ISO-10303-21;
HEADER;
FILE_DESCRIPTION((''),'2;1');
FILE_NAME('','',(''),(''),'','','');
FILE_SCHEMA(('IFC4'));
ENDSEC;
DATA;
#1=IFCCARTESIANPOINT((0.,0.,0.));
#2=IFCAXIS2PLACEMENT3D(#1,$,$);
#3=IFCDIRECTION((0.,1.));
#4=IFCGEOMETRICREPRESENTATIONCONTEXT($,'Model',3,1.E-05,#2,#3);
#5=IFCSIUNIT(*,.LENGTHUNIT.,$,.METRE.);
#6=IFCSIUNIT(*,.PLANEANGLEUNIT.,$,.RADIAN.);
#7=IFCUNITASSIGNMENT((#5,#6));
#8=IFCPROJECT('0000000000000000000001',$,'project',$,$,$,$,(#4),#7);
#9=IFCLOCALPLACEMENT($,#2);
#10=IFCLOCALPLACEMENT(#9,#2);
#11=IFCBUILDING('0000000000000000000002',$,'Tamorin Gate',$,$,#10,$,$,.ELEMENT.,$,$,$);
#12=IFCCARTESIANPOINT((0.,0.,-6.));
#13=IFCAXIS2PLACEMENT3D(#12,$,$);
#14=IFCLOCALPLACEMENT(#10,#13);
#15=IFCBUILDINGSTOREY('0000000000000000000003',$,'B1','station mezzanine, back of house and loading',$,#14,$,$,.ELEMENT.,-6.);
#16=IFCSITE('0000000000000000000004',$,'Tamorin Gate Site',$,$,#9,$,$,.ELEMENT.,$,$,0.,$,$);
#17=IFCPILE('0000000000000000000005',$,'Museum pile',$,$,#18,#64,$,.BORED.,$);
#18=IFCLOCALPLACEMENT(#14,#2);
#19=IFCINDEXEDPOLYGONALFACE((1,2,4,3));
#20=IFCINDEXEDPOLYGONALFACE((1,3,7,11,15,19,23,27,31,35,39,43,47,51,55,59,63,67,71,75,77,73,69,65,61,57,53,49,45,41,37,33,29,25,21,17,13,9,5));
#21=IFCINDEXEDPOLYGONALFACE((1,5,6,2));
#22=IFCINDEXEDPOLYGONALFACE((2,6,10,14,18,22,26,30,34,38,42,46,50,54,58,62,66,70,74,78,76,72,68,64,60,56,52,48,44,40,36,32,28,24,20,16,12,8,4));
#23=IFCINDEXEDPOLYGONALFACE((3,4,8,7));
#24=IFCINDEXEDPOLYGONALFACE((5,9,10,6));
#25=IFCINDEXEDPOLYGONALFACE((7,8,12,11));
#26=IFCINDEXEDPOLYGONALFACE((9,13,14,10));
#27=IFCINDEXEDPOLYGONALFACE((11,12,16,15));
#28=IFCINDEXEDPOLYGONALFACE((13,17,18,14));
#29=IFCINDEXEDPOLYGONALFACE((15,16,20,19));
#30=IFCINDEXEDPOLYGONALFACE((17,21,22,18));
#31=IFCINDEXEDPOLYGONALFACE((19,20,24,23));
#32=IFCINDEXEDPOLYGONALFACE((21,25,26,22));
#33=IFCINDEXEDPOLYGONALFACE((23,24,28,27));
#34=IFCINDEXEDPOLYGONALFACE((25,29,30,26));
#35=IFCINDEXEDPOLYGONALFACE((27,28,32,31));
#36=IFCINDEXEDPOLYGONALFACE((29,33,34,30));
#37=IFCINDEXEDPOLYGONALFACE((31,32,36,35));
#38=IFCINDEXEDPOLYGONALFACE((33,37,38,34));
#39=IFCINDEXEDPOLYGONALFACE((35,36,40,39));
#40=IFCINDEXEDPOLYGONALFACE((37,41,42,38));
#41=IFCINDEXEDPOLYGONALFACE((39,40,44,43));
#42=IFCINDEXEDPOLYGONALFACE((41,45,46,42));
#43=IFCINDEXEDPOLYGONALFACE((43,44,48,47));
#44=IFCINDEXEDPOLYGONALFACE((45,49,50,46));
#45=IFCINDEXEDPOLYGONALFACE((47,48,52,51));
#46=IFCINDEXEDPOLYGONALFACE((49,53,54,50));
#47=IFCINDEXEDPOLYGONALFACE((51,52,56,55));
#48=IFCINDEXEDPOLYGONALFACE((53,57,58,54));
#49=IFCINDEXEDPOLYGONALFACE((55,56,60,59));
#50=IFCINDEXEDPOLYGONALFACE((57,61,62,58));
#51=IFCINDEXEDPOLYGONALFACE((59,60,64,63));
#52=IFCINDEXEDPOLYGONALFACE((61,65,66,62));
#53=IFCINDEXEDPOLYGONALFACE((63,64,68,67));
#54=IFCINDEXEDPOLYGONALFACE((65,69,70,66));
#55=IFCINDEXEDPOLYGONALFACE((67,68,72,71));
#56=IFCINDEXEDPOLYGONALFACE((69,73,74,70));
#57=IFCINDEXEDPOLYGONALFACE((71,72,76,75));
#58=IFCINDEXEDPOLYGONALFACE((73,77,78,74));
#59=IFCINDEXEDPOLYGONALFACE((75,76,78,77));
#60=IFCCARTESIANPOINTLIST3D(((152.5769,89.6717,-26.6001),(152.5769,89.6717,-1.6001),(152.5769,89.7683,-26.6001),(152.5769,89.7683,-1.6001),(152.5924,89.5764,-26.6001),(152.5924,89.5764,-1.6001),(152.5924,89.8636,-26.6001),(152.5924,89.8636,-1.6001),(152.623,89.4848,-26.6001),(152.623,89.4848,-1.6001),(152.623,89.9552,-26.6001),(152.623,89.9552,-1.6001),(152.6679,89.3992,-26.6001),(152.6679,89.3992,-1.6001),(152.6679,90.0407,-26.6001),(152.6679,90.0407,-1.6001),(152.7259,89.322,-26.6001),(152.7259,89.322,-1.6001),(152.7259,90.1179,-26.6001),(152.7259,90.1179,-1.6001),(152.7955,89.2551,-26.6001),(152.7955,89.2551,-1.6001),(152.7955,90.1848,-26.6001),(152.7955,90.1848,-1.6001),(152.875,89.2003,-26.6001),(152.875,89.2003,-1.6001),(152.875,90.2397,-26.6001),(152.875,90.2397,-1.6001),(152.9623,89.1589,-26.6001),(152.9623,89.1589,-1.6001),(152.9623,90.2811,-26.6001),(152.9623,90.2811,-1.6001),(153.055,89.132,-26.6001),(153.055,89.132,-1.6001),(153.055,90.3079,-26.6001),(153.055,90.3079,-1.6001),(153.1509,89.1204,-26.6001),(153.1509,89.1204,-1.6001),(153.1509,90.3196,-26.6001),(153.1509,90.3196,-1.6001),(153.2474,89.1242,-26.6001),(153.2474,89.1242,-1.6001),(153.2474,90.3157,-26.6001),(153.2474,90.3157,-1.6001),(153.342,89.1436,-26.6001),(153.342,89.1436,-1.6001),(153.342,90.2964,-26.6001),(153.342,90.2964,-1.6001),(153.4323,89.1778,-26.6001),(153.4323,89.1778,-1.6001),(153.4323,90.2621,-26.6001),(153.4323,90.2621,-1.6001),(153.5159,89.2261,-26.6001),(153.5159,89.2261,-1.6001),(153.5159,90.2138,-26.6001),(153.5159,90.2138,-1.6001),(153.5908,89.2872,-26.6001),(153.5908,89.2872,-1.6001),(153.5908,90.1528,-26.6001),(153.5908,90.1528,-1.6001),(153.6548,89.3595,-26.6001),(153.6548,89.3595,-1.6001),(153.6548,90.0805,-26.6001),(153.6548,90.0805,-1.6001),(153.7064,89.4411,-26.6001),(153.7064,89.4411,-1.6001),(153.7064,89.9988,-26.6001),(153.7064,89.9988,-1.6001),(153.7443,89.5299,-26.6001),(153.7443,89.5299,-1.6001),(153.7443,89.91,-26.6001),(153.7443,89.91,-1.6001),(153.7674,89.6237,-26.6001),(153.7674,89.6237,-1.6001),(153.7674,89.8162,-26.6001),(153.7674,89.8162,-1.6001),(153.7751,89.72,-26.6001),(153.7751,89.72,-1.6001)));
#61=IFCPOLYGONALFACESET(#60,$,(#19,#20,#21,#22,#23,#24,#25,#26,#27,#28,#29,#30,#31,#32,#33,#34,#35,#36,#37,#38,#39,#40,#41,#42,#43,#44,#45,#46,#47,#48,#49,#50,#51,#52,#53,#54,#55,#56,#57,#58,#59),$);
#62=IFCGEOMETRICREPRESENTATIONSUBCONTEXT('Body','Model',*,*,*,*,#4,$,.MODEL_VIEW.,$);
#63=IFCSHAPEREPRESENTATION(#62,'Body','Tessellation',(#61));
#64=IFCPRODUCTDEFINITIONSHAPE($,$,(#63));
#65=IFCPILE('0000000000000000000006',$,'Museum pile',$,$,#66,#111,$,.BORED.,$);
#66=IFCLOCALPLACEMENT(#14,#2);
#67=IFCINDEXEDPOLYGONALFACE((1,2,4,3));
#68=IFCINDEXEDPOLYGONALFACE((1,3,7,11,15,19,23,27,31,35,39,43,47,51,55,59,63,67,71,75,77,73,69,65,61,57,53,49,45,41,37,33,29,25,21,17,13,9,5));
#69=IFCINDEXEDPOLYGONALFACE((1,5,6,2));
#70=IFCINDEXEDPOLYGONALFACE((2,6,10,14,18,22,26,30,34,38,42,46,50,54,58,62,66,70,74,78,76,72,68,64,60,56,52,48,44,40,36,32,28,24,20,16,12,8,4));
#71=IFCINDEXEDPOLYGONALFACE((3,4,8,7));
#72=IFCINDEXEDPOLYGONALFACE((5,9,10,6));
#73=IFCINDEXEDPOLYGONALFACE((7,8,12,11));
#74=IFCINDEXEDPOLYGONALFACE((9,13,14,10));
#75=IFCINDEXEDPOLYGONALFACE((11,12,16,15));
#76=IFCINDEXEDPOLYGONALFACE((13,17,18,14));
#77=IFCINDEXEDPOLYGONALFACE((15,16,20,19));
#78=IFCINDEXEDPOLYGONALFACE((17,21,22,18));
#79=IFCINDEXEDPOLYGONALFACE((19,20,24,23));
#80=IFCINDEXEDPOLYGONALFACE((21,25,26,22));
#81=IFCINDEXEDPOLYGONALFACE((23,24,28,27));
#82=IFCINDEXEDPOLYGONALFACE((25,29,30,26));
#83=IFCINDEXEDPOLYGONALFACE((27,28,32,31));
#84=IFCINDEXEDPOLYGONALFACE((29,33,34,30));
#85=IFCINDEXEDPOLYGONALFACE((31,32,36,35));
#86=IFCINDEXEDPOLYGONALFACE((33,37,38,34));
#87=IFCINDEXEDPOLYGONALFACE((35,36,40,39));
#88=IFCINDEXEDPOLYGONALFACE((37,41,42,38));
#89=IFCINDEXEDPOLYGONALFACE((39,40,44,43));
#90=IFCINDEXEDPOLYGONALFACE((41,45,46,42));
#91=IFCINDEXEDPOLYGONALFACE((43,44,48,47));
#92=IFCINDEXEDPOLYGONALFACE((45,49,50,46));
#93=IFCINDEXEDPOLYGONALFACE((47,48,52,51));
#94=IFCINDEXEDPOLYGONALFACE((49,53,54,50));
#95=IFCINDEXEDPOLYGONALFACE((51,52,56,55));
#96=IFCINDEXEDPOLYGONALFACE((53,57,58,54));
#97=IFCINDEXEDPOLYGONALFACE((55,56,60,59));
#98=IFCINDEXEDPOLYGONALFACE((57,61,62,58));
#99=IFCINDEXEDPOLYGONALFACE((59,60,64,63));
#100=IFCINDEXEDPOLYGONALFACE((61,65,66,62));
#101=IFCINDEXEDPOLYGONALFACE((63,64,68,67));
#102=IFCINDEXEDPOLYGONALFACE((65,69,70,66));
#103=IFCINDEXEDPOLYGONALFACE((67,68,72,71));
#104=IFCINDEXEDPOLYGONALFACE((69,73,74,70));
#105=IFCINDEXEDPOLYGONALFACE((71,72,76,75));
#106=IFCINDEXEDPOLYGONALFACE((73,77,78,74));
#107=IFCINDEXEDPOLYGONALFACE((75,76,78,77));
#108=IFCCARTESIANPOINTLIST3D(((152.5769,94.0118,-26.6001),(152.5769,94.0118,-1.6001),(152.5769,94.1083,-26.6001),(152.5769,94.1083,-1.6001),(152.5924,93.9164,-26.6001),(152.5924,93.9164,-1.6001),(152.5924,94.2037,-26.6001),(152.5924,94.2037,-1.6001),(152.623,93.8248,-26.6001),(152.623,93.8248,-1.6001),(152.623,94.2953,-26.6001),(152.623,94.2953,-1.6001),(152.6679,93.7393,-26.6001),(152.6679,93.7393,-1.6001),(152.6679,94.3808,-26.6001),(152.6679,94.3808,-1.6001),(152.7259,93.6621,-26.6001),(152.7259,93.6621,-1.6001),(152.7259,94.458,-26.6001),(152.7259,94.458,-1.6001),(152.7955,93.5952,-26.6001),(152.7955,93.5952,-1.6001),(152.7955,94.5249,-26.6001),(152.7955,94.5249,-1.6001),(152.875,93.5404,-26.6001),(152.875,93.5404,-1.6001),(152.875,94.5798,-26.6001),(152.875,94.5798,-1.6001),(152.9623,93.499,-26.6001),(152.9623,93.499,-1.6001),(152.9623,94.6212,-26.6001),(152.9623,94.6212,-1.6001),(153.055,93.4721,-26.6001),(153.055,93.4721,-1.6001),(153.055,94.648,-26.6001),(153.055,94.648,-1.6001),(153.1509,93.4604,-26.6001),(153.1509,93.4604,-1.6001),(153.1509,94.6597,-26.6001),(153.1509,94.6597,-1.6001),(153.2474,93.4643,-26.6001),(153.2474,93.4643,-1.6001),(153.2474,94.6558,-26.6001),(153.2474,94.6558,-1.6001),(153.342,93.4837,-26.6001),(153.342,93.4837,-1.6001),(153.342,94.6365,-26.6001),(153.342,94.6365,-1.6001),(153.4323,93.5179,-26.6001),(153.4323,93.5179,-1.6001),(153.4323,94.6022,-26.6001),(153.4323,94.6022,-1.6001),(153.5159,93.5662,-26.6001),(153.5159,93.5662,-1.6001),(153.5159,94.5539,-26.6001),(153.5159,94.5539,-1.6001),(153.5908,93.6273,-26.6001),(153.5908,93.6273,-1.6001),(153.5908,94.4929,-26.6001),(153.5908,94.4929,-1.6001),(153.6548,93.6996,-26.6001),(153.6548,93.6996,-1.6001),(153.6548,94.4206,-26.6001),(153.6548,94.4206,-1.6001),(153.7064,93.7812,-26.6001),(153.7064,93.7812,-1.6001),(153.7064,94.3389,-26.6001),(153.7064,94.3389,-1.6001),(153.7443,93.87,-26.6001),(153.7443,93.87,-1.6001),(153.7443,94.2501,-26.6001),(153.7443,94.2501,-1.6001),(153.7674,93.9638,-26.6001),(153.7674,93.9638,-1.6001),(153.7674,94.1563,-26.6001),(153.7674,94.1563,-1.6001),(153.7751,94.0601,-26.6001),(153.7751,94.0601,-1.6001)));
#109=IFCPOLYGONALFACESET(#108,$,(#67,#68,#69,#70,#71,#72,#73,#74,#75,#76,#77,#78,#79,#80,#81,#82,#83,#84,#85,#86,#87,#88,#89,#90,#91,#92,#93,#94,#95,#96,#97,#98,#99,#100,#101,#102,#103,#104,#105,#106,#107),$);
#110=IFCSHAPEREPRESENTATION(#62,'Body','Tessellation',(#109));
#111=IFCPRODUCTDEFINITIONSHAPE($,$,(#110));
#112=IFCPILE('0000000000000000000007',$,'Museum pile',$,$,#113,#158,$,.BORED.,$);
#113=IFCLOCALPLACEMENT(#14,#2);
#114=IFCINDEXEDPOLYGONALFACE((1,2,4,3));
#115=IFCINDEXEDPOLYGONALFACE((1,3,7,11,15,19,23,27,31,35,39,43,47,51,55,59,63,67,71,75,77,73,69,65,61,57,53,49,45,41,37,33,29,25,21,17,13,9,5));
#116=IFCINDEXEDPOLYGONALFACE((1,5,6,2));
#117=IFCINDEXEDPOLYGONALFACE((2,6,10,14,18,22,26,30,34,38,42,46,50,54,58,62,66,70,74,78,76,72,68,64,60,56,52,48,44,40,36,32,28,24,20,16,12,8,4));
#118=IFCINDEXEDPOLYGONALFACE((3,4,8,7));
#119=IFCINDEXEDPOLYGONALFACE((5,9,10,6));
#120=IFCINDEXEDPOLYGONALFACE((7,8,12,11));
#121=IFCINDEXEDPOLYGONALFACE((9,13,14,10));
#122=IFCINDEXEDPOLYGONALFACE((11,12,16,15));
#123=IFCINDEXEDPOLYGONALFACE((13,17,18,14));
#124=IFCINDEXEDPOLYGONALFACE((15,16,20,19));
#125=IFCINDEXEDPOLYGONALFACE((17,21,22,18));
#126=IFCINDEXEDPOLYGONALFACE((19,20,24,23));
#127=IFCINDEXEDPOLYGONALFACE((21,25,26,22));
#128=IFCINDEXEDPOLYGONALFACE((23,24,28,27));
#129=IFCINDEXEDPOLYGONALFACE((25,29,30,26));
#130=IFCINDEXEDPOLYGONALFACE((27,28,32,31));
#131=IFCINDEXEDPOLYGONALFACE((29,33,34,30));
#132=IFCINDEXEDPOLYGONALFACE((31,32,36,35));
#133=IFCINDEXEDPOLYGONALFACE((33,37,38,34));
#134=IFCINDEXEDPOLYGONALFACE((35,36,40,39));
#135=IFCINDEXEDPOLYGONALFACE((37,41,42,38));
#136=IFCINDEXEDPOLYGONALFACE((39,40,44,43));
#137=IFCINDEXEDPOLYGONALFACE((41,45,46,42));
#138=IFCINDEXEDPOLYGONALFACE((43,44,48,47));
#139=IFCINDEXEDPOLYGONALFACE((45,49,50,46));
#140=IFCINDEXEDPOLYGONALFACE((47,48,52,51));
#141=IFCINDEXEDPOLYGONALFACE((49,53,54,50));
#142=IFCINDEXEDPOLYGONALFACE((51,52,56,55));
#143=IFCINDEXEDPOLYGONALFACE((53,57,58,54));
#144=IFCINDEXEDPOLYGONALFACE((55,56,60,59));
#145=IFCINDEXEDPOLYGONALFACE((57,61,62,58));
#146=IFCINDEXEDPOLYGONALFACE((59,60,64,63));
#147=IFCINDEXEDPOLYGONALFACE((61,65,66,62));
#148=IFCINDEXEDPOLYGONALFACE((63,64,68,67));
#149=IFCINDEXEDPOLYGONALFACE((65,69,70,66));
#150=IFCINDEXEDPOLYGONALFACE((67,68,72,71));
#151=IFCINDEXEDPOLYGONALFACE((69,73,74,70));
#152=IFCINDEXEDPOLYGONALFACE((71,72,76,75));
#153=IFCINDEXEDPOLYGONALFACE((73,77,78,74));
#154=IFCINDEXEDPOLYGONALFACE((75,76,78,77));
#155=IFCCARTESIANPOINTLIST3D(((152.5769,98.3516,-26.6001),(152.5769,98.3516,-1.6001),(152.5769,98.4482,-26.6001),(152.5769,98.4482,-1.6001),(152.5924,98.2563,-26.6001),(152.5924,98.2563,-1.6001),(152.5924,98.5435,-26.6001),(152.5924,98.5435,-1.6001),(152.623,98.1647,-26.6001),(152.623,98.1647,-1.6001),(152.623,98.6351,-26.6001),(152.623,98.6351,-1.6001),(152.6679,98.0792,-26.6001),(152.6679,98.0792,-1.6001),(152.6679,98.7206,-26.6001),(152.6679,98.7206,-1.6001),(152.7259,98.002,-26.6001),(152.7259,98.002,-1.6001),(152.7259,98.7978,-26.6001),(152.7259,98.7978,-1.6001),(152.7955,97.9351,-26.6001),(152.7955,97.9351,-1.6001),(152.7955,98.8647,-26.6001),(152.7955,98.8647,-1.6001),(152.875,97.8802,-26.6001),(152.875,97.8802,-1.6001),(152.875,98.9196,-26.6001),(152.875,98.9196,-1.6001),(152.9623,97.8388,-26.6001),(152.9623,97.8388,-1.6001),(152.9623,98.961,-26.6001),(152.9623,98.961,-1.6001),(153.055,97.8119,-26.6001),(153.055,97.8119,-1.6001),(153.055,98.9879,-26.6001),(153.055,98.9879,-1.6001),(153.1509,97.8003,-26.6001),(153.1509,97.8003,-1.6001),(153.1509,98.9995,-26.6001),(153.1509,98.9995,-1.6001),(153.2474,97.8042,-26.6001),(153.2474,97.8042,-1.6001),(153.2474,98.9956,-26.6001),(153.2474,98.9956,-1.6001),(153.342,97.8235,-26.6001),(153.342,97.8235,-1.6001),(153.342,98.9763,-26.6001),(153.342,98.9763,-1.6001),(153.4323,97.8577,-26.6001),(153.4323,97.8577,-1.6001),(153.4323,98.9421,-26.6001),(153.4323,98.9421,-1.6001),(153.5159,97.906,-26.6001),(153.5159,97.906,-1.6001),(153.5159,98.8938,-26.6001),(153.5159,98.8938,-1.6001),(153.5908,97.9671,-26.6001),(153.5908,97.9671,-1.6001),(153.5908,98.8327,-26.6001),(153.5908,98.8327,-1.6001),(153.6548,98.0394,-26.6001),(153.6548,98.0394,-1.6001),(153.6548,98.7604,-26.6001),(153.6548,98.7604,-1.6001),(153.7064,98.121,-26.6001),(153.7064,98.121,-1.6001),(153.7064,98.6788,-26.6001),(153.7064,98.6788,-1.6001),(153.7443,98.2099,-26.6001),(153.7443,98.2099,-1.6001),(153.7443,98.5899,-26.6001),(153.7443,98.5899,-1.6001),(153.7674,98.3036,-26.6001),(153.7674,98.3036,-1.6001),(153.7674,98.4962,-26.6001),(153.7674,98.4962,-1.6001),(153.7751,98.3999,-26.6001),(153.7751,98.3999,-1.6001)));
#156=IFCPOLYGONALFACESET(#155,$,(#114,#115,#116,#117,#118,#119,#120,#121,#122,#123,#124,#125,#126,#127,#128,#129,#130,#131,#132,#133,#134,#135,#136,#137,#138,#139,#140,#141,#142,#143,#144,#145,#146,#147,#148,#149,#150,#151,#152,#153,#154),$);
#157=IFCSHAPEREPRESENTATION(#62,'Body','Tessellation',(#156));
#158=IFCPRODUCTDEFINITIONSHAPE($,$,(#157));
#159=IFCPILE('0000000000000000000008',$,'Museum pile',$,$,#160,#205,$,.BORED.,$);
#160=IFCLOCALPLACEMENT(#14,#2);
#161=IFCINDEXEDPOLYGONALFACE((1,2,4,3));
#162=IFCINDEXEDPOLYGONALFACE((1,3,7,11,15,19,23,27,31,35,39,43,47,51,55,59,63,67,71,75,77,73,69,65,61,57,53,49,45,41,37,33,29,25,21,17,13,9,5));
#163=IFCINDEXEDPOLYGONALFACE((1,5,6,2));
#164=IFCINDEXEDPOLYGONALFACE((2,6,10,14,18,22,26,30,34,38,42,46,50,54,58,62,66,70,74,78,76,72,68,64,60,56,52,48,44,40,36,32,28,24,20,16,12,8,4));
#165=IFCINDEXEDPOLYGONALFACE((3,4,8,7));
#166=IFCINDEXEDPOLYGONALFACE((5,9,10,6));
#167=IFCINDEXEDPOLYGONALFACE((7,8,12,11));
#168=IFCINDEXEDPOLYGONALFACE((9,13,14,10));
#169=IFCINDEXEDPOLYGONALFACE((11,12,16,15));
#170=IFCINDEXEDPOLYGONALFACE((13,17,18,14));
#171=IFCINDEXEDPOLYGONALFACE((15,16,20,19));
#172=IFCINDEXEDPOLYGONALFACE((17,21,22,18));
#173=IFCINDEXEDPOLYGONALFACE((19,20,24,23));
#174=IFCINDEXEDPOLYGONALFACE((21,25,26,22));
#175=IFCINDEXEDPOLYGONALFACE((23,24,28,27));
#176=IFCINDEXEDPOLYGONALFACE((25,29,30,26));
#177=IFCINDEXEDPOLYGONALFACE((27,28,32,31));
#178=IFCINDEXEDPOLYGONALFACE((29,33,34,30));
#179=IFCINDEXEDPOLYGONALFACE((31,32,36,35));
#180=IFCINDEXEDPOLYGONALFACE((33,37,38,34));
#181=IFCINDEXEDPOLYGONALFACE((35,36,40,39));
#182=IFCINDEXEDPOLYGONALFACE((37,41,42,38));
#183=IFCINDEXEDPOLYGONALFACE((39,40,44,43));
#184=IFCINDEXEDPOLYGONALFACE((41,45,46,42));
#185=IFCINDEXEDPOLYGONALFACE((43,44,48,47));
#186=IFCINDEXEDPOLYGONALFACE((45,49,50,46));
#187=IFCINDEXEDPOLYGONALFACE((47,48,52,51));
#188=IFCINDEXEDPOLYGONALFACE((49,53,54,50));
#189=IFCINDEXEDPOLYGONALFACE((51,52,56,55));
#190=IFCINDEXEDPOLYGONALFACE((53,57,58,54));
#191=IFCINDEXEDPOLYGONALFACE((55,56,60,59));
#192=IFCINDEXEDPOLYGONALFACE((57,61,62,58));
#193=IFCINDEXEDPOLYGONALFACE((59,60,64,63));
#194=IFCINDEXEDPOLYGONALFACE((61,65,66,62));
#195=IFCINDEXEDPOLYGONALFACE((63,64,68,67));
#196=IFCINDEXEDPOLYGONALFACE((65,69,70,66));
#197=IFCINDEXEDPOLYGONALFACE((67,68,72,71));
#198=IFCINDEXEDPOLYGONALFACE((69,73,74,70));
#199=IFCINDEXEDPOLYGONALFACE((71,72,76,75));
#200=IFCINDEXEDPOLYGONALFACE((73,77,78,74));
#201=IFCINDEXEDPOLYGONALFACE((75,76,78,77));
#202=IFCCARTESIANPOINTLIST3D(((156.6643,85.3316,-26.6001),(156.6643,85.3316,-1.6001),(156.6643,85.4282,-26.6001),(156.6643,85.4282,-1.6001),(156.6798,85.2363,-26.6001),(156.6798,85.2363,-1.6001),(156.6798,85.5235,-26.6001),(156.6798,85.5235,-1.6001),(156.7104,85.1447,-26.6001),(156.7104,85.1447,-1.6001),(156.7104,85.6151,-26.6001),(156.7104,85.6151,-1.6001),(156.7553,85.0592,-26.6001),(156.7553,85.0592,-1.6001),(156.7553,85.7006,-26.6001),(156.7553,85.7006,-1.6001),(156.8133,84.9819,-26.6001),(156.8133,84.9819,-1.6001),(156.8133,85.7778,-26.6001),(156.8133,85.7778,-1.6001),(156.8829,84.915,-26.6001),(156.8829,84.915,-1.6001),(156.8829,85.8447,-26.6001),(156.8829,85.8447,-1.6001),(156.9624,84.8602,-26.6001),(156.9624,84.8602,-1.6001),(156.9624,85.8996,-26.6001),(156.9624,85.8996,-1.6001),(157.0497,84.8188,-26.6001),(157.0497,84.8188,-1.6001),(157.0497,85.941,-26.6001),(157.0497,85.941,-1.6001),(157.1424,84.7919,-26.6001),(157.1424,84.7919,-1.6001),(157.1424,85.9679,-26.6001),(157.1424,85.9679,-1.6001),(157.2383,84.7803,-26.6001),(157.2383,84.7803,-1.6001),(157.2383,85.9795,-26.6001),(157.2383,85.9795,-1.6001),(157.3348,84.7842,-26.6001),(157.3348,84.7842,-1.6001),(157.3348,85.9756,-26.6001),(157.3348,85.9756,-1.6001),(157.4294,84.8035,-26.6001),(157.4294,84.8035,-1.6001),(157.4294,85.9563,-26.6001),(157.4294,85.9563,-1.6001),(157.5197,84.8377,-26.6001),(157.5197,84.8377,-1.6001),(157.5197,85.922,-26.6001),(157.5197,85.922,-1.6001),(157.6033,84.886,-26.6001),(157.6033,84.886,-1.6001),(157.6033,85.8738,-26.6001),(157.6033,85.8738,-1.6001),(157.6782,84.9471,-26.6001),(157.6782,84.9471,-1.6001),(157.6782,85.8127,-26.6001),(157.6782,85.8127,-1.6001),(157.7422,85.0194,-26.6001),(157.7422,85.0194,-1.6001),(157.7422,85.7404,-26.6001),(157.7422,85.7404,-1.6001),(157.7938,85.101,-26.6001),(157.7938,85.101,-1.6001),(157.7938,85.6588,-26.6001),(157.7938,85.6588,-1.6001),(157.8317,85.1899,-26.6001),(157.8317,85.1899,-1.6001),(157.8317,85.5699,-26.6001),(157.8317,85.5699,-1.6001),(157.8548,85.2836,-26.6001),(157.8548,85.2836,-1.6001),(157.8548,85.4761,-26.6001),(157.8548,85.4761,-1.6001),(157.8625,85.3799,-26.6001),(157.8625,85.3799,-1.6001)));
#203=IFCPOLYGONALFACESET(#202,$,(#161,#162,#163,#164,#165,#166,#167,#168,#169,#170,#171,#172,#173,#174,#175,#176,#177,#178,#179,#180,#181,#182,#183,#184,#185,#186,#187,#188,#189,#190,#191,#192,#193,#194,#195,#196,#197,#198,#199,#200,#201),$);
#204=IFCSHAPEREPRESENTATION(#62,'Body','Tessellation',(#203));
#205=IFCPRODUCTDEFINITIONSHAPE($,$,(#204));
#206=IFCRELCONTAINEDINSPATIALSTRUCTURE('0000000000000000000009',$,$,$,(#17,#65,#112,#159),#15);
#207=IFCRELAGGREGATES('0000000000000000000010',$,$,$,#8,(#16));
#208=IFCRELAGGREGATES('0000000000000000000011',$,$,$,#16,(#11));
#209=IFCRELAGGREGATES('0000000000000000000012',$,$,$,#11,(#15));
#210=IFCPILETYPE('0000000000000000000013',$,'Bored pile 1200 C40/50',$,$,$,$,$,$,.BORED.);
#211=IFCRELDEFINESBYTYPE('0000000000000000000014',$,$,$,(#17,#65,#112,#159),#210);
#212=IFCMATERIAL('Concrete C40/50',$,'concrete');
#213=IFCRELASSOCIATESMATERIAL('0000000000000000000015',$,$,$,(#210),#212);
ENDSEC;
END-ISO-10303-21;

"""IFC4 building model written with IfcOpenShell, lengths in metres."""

from ifc_helpers import new_model, si_unit, direction, frame, origin, origin_2d, place, context, subcontext, project, spatial, circle, extrude, material, material_profile, profile_set, type_object, element, save


model = new_model("IFC4")

# Units and contexts
model_context = context("Model", 3, precision=1e-05, world=origin(), true_north=direction((0.0, 1.0)))
body_context = subcontext(model_context, "Body", "Model", "MODEL_VIEW")
ifc_project = project(units=[si_unit("LENGTHUNIT", "METRE"), si_unit("PLANEANGLEUNIT", "RADIAN")], contexts=[model_context])

# Site, building, storey
site_placement = place(None, origin())
site = spatial("IfcSite", under=ifc_project, at=site_placement, Name="Tamorin Gate Site", CompositionType="ELEMENT", RefElevation=0.0)
building_placement = place(site_placement, origin())
building = spatial("IfcBuilding", under=site, at=building_placement, Name="Tamorin Gate", CompositionType="ELEMENT")
storey_placement = place(building_placement, frame((0.0, 0.0, -6.0)))
storey = spatial("IfcBuildingStorey", under=building, at=storey_placement, Name="B1", Description="station mezzanine, back of house and loading", CompositionType="ELEMENT", Elevation=-6.0)

# Piles
ifc_material_1 = material(Name="Concrete C40/50", Category="concrete")
ifc_material_profile_1 = material_profile(ifc_material_1, circle(Radius=0.6001, at=origin_2d()))
ifc_profile_set_1 = profile_set([ifc_material_profile_1], Name="Concrete C40/50")
pile_type_1 = type_object("IfcPileType", Name="Bored pile 1200 C40/50", PredefinedType="BORED", material=ifc_profile_set_1)
for number, where, z_axis, x_axis, name in (
    (1, (153.175, 89.72, -1.6001), (0.0, 0.0, -1.0), (1.0, 0.0, 0.0), "Museum pile"),
    (2, (153.175, 94.0601, -1.6001), (0.0, 0.0, -1.0), (1.0, 0.0, 0.0), "Museum pile"),
    (3, (153.175, 98.3999, -1.6001), (0.0, 0.0, -1.0), (1.0, 0.0, 0.0), "Museum pile"),
    (4, (157.2625, 85.3799, -1.6001), (0.0, 0.0, -1.0), (1.0, 0.0, 0.0), "Museum pile"),
):
    element("IfcPile", number, at=place(storey_placement, frame(where, z_axis=z_axis, x_axis=x_axis)), inside=storey, type_object=pile_type_1, Name=name, PredefinedType="BORED", context=body_context, shape_type="SweptSolid", body=[
        extrude(circle(Radius=0.6001, at=origin_2d()), origin(), (0.0, 0.0, 1.0), 25.0),
    ])

save(model, "model.ifc")
